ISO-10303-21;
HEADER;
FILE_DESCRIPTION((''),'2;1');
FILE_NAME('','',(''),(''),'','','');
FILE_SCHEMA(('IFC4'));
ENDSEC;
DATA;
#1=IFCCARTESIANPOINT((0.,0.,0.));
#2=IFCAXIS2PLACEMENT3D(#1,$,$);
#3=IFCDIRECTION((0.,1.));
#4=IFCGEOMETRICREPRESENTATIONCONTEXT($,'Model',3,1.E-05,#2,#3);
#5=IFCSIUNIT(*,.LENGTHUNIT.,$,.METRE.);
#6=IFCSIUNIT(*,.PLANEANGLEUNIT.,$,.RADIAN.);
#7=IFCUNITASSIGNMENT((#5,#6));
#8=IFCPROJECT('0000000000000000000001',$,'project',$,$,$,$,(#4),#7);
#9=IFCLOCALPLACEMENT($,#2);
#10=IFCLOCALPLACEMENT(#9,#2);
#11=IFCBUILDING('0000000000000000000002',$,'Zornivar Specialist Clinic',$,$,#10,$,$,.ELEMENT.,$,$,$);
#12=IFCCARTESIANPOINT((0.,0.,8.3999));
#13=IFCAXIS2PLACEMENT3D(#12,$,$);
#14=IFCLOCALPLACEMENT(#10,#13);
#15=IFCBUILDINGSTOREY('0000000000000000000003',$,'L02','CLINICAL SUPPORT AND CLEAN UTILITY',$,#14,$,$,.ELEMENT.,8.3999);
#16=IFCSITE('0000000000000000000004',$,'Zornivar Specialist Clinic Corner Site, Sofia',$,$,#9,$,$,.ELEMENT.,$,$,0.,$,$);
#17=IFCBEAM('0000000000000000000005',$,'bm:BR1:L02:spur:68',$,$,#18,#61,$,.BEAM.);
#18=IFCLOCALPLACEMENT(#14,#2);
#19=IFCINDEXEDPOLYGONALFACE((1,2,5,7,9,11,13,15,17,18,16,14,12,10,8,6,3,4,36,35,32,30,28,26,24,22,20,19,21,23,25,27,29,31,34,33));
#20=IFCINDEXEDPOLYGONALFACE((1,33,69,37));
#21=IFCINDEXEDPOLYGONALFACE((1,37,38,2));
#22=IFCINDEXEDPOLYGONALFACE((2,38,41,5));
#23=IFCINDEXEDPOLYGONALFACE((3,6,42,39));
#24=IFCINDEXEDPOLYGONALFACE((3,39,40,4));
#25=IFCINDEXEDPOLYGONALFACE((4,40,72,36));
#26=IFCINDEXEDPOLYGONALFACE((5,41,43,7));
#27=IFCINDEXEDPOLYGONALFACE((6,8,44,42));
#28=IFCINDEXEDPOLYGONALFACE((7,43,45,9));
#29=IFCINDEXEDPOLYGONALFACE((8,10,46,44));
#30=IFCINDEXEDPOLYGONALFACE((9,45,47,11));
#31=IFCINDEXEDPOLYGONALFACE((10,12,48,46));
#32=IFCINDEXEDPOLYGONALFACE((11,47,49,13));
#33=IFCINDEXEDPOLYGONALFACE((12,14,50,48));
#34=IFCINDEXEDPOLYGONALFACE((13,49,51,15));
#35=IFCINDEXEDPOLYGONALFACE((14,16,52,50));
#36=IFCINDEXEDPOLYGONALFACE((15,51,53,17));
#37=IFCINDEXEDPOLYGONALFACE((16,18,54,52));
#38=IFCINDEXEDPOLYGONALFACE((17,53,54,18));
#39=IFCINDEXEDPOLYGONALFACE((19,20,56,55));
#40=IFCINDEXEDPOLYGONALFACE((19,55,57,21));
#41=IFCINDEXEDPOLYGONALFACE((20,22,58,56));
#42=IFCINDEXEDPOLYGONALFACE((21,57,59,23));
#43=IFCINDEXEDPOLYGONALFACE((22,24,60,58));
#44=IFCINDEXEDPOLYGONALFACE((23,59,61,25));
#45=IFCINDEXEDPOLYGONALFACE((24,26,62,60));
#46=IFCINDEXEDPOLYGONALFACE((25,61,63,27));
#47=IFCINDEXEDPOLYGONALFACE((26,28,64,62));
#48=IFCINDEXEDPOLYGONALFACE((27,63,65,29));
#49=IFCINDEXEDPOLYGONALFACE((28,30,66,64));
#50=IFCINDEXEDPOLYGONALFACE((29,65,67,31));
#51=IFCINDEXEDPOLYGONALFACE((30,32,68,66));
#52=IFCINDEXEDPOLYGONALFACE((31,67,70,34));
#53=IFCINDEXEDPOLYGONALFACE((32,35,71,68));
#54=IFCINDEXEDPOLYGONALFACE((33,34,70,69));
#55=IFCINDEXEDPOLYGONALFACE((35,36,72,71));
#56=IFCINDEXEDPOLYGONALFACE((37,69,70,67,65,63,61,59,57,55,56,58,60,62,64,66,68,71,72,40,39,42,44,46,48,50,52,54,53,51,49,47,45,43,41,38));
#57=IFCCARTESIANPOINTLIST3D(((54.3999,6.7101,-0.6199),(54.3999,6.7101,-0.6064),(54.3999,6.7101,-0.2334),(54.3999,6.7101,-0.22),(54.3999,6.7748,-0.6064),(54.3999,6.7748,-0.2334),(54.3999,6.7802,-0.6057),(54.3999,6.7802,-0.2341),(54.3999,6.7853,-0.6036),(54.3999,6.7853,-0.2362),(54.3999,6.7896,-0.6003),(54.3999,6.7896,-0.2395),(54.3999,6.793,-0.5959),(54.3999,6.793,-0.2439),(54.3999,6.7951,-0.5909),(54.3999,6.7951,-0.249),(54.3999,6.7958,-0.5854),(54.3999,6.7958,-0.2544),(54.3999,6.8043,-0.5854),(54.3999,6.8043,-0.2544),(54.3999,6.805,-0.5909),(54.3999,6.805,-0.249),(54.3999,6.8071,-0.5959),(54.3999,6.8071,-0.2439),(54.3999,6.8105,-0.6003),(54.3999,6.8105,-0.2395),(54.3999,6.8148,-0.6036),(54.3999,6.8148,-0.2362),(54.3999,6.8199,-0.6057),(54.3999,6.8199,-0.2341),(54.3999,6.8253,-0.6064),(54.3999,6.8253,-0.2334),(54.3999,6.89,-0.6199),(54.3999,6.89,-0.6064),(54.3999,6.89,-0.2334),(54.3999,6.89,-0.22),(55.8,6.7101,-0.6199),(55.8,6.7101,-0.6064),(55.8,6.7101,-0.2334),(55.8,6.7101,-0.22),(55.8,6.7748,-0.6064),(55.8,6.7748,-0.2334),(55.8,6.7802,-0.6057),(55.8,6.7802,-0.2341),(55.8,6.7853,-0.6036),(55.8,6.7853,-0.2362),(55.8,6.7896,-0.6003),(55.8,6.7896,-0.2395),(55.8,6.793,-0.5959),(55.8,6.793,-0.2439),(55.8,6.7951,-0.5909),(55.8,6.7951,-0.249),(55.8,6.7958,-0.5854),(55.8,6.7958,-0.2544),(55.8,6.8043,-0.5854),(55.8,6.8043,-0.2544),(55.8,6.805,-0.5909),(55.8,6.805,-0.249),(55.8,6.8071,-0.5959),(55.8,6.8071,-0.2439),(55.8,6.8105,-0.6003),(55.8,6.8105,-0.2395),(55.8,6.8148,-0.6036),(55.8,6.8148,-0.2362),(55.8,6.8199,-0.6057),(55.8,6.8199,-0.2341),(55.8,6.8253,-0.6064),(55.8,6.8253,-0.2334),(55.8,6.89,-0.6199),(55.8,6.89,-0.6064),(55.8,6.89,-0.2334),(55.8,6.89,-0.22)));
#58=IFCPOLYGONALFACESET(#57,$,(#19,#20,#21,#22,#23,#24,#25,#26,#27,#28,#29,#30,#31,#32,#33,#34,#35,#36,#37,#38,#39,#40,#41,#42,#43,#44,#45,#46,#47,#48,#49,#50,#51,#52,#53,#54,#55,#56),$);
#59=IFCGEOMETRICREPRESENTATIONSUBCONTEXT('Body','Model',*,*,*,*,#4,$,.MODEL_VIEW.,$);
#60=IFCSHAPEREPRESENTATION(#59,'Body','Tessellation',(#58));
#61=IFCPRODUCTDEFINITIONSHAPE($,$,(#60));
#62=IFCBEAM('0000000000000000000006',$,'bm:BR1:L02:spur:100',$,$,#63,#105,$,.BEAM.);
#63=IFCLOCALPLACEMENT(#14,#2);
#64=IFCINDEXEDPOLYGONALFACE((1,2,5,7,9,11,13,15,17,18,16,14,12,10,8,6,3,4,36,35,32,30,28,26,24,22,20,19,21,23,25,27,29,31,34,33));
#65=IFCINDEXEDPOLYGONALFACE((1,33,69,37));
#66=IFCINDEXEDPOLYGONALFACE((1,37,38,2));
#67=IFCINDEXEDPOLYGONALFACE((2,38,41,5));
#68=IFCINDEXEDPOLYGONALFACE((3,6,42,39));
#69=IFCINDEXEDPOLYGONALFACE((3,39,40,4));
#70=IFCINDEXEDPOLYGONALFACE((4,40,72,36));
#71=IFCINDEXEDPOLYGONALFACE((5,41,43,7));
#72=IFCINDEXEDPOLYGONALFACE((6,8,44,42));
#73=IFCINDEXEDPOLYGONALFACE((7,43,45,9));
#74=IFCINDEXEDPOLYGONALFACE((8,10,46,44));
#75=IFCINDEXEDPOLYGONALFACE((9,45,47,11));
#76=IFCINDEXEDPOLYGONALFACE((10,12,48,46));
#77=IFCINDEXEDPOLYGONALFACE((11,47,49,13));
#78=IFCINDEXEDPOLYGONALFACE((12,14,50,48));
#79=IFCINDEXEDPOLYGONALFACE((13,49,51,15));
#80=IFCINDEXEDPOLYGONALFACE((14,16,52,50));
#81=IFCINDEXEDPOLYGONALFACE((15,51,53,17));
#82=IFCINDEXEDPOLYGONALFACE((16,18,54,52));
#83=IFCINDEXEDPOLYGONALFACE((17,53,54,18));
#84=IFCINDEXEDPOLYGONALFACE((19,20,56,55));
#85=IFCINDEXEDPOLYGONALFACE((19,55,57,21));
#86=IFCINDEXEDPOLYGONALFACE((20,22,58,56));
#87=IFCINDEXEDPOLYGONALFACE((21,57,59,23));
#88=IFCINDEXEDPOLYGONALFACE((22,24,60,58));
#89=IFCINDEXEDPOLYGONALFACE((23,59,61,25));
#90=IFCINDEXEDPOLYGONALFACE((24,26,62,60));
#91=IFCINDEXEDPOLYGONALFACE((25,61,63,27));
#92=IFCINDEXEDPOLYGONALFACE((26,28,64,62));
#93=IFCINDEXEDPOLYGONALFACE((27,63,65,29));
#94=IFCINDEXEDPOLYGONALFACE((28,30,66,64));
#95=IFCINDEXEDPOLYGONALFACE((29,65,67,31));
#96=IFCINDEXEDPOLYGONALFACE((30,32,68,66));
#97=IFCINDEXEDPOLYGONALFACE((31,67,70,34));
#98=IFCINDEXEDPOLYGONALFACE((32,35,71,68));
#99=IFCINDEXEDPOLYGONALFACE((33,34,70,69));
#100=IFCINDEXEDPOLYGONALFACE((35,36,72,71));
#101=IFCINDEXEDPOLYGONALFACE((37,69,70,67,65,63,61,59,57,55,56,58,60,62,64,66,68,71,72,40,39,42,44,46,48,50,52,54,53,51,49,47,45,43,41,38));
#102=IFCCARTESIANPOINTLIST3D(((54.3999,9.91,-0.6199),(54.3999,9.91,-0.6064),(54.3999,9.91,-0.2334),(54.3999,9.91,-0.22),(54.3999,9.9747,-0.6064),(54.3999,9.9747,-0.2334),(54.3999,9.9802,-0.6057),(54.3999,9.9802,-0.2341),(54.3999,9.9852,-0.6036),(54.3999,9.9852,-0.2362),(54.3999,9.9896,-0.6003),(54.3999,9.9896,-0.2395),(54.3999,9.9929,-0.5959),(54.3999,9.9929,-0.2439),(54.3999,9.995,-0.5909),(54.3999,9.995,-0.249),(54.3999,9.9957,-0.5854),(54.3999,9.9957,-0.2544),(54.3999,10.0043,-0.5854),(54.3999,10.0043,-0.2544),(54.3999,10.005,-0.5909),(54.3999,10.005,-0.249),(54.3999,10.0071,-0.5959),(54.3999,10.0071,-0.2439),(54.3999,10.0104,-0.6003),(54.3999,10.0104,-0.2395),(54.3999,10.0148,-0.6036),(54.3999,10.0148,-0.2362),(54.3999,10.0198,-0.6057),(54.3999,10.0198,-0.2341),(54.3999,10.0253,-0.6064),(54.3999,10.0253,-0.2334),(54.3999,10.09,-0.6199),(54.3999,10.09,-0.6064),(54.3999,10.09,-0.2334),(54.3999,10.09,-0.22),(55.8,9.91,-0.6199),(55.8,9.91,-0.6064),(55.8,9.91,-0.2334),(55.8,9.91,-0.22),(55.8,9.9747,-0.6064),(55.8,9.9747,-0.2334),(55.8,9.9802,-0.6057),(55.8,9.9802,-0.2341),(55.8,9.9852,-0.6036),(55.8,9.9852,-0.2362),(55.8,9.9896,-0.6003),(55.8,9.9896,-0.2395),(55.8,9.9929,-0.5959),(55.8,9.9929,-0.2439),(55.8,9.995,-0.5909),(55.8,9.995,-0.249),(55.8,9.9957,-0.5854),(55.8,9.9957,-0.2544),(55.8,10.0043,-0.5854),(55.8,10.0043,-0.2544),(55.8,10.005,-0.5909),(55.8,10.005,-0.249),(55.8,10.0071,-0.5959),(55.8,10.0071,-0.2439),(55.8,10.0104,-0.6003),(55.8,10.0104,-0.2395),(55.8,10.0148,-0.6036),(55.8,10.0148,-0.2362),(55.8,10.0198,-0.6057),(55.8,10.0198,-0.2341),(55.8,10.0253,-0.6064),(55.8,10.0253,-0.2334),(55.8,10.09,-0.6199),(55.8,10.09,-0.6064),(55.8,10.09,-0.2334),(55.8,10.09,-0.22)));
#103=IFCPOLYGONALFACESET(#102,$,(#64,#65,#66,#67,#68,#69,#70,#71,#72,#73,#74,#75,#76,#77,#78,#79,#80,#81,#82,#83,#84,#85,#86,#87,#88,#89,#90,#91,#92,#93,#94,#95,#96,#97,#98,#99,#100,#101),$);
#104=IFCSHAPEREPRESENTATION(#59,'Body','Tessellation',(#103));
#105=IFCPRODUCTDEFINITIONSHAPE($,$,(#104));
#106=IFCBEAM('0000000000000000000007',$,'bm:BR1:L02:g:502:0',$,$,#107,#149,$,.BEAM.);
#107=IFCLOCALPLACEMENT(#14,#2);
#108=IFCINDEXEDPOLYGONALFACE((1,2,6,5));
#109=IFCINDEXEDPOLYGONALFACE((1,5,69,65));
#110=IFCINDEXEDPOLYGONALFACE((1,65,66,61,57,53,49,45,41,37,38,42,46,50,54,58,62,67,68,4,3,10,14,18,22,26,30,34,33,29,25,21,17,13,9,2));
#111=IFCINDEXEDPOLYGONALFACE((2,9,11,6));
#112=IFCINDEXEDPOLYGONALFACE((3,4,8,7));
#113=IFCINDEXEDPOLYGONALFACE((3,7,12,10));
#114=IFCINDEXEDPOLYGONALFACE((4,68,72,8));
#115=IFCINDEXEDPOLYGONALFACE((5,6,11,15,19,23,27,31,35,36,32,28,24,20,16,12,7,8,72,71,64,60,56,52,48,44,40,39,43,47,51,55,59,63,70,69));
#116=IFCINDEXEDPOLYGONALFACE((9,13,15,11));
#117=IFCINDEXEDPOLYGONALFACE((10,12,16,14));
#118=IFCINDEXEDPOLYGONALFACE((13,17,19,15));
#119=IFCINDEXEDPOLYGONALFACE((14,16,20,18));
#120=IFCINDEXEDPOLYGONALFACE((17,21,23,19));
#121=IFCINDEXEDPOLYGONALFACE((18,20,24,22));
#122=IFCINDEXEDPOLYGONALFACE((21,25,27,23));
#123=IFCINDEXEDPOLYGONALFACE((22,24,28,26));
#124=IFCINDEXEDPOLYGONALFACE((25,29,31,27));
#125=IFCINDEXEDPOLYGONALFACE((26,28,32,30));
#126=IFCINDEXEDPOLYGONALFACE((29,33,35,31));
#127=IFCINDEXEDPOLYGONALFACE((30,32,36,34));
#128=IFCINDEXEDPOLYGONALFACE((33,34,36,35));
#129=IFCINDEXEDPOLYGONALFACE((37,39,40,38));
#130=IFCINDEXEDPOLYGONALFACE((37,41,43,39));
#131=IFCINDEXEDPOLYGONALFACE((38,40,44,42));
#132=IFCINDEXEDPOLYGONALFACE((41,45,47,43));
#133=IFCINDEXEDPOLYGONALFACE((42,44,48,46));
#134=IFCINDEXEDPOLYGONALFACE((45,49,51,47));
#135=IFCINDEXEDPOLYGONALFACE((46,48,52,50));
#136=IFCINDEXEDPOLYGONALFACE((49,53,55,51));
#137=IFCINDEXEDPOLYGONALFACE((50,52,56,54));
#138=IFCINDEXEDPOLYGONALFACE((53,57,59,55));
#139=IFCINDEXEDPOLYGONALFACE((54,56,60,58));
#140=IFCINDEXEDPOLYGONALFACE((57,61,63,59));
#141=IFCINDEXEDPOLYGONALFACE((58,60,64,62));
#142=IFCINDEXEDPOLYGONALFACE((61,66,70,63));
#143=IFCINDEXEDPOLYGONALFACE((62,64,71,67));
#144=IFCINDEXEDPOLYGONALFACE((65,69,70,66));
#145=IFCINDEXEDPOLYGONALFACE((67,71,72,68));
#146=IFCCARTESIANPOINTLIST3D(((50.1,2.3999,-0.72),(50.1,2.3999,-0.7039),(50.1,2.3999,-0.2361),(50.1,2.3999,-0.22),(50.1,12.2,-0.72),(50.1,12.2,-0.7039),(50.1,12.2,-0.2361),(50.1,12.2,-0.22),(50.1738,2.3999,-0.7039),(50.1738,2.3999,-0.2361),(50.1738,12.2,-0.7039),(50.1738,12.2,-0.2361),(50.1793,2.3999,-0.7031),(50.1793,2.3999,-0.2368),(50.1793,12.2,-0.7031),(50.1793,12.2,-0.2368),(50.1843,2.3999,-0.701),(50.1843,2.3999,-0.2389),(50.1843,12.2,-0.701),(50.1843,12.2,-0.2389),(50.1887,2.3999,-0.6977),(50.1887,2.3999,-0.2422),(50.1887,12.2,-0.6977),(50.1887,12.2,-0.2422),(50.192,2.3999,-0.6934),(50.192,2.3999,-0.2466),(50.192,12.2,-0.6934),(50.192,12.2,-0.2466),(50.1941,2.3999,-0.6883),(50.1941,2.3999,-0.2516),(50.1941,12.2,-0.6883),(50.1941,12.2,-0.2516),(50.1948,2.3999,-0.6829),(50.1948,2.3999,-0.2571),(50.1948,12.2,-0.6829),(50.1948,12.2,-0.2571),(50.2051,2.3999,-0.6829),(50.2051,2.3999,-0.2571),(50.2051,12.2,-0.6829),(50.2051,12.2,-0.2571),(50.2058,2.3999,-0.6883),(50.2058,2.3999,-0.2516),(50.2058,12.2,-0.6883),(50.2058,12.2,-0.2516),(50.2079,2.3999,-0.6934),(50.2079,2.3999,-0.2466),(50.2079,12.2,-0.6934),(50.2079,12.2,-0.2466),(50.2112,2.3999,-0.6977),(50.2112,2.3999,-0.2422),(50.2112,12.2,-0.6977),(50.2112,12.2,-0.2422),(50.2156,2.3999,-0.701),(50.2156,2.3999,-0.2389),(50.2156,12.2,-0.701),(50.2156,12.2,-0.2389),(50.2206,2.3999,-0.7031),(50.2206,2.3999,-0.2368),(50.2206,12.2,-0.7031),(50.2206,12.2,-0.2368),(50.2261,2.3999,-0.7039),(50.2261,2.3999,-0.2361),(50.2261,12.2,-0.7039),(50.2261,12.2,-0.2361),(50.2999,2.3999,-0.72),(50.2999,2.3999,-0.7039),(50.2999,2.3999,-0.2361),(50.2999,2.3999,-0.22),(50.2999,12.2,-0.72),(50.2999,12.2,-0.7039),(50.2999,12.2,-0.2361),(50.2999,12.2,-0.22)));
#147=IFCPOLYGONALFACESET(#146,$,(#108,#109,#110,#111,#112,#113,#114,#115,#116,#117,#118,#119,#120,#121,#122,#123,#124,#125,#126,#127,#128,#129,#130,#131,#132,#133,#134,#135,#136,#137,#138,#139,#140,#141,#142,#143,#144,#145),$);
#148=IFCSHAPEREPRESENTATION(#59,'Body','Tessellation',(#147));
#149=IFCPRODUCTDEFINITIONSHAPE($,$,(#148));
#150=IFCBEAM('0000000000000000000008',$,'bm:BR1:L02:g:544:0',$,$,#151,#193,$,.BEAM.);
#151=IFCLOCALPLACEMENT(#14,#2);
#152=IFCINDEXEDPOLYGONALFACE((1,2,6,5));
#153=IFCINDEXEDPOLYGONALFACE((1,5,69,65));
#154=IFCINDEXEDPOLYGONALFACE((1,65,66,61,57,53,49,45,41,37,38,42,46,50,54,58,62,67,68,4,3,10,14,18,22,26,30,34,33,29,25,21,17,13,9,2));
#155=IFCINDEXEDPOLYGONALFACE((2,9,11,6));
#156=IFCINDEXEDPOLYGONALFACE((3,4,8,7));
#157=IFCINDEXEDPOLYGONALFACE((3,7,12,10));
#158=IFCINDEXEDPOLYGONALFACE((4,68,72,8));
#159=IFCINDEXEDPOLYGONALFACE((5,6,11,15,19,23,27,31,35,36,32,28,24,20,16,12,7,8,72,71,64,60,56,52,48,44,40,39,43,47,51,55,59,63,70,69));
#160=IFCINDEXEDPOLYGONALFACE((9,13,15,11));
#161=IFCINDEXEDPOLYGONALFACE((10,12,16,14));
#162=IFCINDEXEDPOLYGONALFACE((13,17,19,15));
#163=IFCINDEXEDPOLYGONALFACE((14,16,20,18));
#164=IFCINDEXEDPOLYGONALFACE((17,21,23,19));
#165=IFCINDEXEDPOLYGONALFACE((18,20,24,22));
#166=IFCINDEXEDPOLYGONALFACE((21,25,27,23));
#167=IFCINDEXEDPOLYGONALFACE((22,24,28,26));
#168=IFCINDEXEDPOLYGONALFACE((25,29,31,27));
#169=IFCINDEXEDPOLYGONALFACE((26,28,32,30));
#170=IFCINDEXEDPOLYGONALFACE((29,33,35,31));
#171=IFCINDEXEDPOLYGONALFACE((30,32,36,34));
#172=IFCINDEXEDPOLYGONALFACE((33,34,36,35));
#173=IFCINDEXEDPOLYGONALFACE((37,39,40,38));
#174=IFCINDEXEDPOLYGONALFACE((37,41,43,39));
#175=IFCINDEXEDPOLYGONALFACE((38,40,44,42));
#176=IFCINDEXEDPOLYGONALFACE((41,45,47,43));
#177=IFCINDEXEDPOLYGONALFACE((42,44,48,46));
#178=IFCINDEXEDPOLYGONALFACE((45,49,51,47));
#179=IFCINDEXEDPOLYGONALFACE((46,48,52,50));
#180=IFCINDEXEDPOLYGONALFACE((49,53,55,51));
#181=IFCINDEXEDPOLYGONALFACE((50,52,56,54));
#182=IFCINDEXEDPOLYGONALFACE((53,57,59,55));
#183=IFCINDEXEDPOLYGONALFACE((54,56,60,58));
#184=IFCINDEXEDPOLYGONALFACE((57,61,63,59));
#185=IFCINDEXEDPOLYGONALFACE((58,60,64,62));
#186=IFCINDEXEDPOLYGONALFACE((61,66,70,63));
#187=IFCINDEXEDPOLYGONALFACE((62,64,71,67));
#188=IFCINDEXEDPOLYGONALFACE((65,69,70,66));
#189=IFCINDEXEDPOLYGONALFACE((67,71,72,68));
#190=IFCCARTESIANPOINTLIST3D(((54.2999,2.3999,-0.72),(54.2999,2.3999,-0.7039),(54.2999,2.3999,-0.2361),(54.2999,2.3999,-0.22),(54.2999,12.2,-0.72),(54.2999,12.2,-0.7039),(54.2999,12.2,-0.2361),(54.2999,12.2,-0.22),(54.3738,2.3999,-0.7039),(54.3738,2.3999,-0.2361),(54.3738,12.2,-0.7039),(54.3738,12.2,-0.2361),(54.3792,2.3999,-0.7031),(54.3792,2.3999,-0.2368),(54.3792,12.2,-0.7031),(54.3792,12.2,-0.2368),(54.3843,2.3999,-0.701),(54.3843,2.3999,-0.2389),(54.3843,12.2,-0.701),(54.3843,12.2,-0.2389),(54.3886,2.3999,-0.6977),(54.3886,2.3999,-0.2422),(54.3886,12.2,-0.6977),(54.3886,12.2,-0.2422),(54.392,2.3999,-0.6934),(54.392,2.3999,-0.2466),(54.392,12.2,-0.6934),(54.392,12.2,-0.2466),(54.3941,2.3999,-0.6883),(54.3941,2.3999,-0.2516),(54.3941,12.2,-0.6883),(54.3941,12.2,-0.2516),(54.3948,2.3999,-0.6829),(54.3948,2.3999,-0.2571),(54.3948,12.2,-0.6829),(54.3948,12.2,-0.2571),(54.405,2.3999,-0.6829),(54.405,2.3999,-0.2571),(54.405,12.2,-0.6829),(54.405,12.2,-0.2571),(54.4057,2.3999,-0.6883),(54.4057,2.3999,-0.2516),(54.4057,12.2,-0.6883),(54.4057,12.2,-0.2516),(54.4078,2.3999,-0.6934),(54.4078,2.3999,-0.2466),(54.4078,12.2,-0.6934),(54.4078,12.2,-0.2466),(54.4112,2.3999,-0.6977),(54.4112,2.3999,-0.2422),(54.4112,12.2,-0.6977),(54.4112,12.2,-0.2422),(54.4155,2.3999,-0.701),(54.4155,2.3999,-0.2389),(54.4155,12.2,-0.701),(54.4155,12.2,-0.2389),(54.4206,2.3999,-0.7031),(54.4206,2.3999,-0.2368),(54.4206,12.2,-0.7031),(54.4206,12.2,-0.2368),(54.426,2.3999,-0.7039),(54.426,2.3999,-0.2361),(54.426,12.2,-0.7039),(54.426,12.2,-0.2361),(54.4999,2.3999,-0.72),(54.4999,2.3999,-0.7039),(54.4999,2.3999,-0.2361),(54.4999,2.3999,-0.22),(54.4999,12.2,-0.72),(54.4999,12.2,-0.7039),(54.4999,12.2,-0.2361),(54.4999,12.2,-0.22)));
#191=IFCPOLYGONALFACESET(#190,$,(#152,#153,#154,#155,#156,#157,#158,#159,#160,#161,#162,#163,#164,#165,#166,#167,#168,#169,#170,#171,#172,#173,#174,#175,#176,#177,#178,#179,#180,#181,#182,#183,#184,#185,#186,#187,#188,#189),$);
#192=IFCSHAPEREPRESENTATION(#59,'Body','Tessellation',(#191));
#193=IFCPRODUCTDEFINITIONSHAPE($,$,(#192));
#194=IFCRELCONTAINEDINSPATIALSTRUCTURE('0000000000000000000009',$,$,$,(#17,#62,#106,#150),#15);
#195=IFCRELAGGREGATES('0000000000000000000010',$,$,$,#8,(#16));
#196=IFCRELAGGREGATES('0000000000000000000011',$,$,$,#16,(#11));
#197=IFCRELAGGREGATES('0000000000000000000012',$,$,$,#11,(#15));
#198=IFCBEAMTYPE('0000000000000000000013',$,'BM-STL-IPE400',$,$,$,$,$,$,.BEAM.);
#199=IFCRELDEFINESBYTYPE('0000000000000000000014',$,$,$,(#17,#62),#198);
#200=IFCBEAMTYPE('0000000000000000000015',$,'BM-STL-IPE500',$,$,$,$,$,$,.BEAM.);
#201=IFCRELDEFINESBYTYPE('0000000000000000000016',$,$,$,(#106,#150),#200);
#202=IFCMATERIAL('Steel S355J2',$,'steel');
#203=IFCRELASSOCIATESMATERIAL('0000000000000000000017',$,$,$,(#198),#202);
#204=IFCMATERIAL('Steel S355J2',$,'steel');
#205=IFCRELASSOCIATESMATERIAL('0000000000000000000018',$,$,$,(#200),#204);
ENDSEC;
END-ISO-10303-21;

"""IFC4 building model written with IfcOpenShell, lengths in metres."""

from ifc_helpers import new_model, si_unit, direction, frame, origin, origin_2d, place, context, subcontext, project, spatial, i_section, extrude, material, material_profile, profile_set, type_object, element, save


model = new_model("IFC4")

# Units and contexts
model_context = context("Model", 3, precision=1e-05, world=origin(), true_north=direction((0.0, 1.0)))
body_context = subcontext(model_context, "Body", "Model", "MODEL_VIEW")
ifc_project = project(units=[si_unit("LENGTHUNIT", "METRE"), si_unit("PLANEANGLEUNIT", "RADIAN")], contexts=[model_context])

# Site, building, storey
site_placement = place(None, origin())
site = spatial("IfcSite", under=ifc_project, at=site_placement, Name="Zornivar Specialist Clinic Corner Site, Sofia", CompositionType="ELEMENT", RefElevation=0.0)
building_placement = place(site_placement, origin())
building = spatial("IfcBuilding", under=site, at=building_placement, Name="Zornivar Specialist Clinic", CompositionType="ELEMENT")
storey_placement = place(building_placement, frame((0.0, 0.0, 8.3999)))
storey = spatial("IfcBuildingStorey", under=building, at=storey_placement, Name="L02", Description="CLINICAL SUPPORT AND CLEAN UTILITY", CompositionType="ELEMENT", Elevation=8.3999)

# Beams
ifc_material_1 = material(Name="Steel S355J2", Category="steel")
ifc_material_profile_1 = material_profile(ifc_material_1, i_section(OverallWidth=0.1799, OverallDepth=0.3999, WebThickness=0.0085, FlangeThickness=0.0134, FilletRadius=0.021, at=origin_2d()), Name="IPE 400")
ifc_profile_set_1 = profile_set([ifc_material_profile_1], Name="Steel S355J2")
beam_type_1 = type_object("IfcBeamType", Name="BM-STL-IPE400", PredefinedType="BEAM", material=ifc_profile_set_1)
for number, where, z_axis, x_axis, name in (
    (1, (54.3999, 6.8, -0.4199), (1.0, 0.0, 0.0), (0.0, 1.0, 0.0), "bm:BR1:L02:spur:68"),
    (2, (54.3999, 10.0, -0.4199), (1.0, 0.0, 0.0), (0.0, 1.0, 0.0), "bm:BR1:L02:spur:100"),
):
    element("IfcBeam", number, at=place(storey_placement, frame(where, z_axis=z_axis, x_axis=x_axis)), inside=storey, type_object=beam_type_1, Name=name, PredefinedType="BEAM", context=body_context, shape_type="SweptSolid", body=[
        extrude(i_section(OverallWidth=0.1799, OverallDepth=0.3999, WebThickness=0.0085, FlangeThickness=0.0134, FilletRadius=0.021, at=origin_2d()), origin(), (0.0, 0.0, 1.0), 1.4001),
    ])
ifc_material_2 = material(Name="Steel S355J2", Category="steel")
ifc_material_profile_2 = material_profile(ifc_material_2, i_section(OverallWidth=0.2, OverallDepth=0.5, WebThickness=0.0103, FlangeThickness=0.0161, FilletRadius=0.021, at=origin_2d()), Name="IPE 500")
ifc_profile_set_2 = profile_set([ifc_material_profile_2], Name="Steel S355J2")
beam_type_2 = type_object("IfcBeamType", Name="BM-STL-IPE500", PredefinedType="BEAM", material=ifc_profile_set_2)
for number, where, z_axis, x_axis, name in (
    (3, (50.2, 2.3999, -0.47), (0.0, 1.0, 0.0), (-1.0, 0.0, 0.0), "bm:BR1:L02:g:502:0"),
    (4, (54.3999, 2.3999, -0.47), (0.0, 1.0, 0.0), (-1.0, 0.0, 0.0), "bm:BR1:L02:g:544:0"),
):
    element("IfcBeam", number, at=place(storey_placement, frame(where, z_axis=z_axis, x_axis=x_axis)), inside=storey, type_object=beam_type_2, Name=name, PredefinedType="BEAM", context=body_context, shape_type="SweptSolid", body=[
        extrude(i_section(OverallWidth=0.2, OverallDepth=0.5, WebThickness=0.0103, FlangeThickness=0.0161, FilletRadius=0.021, at=origin_2d()), origin(), (0.0, 0.0, 1.0), 9.8),
    ])

save(model, "model.ifc")
